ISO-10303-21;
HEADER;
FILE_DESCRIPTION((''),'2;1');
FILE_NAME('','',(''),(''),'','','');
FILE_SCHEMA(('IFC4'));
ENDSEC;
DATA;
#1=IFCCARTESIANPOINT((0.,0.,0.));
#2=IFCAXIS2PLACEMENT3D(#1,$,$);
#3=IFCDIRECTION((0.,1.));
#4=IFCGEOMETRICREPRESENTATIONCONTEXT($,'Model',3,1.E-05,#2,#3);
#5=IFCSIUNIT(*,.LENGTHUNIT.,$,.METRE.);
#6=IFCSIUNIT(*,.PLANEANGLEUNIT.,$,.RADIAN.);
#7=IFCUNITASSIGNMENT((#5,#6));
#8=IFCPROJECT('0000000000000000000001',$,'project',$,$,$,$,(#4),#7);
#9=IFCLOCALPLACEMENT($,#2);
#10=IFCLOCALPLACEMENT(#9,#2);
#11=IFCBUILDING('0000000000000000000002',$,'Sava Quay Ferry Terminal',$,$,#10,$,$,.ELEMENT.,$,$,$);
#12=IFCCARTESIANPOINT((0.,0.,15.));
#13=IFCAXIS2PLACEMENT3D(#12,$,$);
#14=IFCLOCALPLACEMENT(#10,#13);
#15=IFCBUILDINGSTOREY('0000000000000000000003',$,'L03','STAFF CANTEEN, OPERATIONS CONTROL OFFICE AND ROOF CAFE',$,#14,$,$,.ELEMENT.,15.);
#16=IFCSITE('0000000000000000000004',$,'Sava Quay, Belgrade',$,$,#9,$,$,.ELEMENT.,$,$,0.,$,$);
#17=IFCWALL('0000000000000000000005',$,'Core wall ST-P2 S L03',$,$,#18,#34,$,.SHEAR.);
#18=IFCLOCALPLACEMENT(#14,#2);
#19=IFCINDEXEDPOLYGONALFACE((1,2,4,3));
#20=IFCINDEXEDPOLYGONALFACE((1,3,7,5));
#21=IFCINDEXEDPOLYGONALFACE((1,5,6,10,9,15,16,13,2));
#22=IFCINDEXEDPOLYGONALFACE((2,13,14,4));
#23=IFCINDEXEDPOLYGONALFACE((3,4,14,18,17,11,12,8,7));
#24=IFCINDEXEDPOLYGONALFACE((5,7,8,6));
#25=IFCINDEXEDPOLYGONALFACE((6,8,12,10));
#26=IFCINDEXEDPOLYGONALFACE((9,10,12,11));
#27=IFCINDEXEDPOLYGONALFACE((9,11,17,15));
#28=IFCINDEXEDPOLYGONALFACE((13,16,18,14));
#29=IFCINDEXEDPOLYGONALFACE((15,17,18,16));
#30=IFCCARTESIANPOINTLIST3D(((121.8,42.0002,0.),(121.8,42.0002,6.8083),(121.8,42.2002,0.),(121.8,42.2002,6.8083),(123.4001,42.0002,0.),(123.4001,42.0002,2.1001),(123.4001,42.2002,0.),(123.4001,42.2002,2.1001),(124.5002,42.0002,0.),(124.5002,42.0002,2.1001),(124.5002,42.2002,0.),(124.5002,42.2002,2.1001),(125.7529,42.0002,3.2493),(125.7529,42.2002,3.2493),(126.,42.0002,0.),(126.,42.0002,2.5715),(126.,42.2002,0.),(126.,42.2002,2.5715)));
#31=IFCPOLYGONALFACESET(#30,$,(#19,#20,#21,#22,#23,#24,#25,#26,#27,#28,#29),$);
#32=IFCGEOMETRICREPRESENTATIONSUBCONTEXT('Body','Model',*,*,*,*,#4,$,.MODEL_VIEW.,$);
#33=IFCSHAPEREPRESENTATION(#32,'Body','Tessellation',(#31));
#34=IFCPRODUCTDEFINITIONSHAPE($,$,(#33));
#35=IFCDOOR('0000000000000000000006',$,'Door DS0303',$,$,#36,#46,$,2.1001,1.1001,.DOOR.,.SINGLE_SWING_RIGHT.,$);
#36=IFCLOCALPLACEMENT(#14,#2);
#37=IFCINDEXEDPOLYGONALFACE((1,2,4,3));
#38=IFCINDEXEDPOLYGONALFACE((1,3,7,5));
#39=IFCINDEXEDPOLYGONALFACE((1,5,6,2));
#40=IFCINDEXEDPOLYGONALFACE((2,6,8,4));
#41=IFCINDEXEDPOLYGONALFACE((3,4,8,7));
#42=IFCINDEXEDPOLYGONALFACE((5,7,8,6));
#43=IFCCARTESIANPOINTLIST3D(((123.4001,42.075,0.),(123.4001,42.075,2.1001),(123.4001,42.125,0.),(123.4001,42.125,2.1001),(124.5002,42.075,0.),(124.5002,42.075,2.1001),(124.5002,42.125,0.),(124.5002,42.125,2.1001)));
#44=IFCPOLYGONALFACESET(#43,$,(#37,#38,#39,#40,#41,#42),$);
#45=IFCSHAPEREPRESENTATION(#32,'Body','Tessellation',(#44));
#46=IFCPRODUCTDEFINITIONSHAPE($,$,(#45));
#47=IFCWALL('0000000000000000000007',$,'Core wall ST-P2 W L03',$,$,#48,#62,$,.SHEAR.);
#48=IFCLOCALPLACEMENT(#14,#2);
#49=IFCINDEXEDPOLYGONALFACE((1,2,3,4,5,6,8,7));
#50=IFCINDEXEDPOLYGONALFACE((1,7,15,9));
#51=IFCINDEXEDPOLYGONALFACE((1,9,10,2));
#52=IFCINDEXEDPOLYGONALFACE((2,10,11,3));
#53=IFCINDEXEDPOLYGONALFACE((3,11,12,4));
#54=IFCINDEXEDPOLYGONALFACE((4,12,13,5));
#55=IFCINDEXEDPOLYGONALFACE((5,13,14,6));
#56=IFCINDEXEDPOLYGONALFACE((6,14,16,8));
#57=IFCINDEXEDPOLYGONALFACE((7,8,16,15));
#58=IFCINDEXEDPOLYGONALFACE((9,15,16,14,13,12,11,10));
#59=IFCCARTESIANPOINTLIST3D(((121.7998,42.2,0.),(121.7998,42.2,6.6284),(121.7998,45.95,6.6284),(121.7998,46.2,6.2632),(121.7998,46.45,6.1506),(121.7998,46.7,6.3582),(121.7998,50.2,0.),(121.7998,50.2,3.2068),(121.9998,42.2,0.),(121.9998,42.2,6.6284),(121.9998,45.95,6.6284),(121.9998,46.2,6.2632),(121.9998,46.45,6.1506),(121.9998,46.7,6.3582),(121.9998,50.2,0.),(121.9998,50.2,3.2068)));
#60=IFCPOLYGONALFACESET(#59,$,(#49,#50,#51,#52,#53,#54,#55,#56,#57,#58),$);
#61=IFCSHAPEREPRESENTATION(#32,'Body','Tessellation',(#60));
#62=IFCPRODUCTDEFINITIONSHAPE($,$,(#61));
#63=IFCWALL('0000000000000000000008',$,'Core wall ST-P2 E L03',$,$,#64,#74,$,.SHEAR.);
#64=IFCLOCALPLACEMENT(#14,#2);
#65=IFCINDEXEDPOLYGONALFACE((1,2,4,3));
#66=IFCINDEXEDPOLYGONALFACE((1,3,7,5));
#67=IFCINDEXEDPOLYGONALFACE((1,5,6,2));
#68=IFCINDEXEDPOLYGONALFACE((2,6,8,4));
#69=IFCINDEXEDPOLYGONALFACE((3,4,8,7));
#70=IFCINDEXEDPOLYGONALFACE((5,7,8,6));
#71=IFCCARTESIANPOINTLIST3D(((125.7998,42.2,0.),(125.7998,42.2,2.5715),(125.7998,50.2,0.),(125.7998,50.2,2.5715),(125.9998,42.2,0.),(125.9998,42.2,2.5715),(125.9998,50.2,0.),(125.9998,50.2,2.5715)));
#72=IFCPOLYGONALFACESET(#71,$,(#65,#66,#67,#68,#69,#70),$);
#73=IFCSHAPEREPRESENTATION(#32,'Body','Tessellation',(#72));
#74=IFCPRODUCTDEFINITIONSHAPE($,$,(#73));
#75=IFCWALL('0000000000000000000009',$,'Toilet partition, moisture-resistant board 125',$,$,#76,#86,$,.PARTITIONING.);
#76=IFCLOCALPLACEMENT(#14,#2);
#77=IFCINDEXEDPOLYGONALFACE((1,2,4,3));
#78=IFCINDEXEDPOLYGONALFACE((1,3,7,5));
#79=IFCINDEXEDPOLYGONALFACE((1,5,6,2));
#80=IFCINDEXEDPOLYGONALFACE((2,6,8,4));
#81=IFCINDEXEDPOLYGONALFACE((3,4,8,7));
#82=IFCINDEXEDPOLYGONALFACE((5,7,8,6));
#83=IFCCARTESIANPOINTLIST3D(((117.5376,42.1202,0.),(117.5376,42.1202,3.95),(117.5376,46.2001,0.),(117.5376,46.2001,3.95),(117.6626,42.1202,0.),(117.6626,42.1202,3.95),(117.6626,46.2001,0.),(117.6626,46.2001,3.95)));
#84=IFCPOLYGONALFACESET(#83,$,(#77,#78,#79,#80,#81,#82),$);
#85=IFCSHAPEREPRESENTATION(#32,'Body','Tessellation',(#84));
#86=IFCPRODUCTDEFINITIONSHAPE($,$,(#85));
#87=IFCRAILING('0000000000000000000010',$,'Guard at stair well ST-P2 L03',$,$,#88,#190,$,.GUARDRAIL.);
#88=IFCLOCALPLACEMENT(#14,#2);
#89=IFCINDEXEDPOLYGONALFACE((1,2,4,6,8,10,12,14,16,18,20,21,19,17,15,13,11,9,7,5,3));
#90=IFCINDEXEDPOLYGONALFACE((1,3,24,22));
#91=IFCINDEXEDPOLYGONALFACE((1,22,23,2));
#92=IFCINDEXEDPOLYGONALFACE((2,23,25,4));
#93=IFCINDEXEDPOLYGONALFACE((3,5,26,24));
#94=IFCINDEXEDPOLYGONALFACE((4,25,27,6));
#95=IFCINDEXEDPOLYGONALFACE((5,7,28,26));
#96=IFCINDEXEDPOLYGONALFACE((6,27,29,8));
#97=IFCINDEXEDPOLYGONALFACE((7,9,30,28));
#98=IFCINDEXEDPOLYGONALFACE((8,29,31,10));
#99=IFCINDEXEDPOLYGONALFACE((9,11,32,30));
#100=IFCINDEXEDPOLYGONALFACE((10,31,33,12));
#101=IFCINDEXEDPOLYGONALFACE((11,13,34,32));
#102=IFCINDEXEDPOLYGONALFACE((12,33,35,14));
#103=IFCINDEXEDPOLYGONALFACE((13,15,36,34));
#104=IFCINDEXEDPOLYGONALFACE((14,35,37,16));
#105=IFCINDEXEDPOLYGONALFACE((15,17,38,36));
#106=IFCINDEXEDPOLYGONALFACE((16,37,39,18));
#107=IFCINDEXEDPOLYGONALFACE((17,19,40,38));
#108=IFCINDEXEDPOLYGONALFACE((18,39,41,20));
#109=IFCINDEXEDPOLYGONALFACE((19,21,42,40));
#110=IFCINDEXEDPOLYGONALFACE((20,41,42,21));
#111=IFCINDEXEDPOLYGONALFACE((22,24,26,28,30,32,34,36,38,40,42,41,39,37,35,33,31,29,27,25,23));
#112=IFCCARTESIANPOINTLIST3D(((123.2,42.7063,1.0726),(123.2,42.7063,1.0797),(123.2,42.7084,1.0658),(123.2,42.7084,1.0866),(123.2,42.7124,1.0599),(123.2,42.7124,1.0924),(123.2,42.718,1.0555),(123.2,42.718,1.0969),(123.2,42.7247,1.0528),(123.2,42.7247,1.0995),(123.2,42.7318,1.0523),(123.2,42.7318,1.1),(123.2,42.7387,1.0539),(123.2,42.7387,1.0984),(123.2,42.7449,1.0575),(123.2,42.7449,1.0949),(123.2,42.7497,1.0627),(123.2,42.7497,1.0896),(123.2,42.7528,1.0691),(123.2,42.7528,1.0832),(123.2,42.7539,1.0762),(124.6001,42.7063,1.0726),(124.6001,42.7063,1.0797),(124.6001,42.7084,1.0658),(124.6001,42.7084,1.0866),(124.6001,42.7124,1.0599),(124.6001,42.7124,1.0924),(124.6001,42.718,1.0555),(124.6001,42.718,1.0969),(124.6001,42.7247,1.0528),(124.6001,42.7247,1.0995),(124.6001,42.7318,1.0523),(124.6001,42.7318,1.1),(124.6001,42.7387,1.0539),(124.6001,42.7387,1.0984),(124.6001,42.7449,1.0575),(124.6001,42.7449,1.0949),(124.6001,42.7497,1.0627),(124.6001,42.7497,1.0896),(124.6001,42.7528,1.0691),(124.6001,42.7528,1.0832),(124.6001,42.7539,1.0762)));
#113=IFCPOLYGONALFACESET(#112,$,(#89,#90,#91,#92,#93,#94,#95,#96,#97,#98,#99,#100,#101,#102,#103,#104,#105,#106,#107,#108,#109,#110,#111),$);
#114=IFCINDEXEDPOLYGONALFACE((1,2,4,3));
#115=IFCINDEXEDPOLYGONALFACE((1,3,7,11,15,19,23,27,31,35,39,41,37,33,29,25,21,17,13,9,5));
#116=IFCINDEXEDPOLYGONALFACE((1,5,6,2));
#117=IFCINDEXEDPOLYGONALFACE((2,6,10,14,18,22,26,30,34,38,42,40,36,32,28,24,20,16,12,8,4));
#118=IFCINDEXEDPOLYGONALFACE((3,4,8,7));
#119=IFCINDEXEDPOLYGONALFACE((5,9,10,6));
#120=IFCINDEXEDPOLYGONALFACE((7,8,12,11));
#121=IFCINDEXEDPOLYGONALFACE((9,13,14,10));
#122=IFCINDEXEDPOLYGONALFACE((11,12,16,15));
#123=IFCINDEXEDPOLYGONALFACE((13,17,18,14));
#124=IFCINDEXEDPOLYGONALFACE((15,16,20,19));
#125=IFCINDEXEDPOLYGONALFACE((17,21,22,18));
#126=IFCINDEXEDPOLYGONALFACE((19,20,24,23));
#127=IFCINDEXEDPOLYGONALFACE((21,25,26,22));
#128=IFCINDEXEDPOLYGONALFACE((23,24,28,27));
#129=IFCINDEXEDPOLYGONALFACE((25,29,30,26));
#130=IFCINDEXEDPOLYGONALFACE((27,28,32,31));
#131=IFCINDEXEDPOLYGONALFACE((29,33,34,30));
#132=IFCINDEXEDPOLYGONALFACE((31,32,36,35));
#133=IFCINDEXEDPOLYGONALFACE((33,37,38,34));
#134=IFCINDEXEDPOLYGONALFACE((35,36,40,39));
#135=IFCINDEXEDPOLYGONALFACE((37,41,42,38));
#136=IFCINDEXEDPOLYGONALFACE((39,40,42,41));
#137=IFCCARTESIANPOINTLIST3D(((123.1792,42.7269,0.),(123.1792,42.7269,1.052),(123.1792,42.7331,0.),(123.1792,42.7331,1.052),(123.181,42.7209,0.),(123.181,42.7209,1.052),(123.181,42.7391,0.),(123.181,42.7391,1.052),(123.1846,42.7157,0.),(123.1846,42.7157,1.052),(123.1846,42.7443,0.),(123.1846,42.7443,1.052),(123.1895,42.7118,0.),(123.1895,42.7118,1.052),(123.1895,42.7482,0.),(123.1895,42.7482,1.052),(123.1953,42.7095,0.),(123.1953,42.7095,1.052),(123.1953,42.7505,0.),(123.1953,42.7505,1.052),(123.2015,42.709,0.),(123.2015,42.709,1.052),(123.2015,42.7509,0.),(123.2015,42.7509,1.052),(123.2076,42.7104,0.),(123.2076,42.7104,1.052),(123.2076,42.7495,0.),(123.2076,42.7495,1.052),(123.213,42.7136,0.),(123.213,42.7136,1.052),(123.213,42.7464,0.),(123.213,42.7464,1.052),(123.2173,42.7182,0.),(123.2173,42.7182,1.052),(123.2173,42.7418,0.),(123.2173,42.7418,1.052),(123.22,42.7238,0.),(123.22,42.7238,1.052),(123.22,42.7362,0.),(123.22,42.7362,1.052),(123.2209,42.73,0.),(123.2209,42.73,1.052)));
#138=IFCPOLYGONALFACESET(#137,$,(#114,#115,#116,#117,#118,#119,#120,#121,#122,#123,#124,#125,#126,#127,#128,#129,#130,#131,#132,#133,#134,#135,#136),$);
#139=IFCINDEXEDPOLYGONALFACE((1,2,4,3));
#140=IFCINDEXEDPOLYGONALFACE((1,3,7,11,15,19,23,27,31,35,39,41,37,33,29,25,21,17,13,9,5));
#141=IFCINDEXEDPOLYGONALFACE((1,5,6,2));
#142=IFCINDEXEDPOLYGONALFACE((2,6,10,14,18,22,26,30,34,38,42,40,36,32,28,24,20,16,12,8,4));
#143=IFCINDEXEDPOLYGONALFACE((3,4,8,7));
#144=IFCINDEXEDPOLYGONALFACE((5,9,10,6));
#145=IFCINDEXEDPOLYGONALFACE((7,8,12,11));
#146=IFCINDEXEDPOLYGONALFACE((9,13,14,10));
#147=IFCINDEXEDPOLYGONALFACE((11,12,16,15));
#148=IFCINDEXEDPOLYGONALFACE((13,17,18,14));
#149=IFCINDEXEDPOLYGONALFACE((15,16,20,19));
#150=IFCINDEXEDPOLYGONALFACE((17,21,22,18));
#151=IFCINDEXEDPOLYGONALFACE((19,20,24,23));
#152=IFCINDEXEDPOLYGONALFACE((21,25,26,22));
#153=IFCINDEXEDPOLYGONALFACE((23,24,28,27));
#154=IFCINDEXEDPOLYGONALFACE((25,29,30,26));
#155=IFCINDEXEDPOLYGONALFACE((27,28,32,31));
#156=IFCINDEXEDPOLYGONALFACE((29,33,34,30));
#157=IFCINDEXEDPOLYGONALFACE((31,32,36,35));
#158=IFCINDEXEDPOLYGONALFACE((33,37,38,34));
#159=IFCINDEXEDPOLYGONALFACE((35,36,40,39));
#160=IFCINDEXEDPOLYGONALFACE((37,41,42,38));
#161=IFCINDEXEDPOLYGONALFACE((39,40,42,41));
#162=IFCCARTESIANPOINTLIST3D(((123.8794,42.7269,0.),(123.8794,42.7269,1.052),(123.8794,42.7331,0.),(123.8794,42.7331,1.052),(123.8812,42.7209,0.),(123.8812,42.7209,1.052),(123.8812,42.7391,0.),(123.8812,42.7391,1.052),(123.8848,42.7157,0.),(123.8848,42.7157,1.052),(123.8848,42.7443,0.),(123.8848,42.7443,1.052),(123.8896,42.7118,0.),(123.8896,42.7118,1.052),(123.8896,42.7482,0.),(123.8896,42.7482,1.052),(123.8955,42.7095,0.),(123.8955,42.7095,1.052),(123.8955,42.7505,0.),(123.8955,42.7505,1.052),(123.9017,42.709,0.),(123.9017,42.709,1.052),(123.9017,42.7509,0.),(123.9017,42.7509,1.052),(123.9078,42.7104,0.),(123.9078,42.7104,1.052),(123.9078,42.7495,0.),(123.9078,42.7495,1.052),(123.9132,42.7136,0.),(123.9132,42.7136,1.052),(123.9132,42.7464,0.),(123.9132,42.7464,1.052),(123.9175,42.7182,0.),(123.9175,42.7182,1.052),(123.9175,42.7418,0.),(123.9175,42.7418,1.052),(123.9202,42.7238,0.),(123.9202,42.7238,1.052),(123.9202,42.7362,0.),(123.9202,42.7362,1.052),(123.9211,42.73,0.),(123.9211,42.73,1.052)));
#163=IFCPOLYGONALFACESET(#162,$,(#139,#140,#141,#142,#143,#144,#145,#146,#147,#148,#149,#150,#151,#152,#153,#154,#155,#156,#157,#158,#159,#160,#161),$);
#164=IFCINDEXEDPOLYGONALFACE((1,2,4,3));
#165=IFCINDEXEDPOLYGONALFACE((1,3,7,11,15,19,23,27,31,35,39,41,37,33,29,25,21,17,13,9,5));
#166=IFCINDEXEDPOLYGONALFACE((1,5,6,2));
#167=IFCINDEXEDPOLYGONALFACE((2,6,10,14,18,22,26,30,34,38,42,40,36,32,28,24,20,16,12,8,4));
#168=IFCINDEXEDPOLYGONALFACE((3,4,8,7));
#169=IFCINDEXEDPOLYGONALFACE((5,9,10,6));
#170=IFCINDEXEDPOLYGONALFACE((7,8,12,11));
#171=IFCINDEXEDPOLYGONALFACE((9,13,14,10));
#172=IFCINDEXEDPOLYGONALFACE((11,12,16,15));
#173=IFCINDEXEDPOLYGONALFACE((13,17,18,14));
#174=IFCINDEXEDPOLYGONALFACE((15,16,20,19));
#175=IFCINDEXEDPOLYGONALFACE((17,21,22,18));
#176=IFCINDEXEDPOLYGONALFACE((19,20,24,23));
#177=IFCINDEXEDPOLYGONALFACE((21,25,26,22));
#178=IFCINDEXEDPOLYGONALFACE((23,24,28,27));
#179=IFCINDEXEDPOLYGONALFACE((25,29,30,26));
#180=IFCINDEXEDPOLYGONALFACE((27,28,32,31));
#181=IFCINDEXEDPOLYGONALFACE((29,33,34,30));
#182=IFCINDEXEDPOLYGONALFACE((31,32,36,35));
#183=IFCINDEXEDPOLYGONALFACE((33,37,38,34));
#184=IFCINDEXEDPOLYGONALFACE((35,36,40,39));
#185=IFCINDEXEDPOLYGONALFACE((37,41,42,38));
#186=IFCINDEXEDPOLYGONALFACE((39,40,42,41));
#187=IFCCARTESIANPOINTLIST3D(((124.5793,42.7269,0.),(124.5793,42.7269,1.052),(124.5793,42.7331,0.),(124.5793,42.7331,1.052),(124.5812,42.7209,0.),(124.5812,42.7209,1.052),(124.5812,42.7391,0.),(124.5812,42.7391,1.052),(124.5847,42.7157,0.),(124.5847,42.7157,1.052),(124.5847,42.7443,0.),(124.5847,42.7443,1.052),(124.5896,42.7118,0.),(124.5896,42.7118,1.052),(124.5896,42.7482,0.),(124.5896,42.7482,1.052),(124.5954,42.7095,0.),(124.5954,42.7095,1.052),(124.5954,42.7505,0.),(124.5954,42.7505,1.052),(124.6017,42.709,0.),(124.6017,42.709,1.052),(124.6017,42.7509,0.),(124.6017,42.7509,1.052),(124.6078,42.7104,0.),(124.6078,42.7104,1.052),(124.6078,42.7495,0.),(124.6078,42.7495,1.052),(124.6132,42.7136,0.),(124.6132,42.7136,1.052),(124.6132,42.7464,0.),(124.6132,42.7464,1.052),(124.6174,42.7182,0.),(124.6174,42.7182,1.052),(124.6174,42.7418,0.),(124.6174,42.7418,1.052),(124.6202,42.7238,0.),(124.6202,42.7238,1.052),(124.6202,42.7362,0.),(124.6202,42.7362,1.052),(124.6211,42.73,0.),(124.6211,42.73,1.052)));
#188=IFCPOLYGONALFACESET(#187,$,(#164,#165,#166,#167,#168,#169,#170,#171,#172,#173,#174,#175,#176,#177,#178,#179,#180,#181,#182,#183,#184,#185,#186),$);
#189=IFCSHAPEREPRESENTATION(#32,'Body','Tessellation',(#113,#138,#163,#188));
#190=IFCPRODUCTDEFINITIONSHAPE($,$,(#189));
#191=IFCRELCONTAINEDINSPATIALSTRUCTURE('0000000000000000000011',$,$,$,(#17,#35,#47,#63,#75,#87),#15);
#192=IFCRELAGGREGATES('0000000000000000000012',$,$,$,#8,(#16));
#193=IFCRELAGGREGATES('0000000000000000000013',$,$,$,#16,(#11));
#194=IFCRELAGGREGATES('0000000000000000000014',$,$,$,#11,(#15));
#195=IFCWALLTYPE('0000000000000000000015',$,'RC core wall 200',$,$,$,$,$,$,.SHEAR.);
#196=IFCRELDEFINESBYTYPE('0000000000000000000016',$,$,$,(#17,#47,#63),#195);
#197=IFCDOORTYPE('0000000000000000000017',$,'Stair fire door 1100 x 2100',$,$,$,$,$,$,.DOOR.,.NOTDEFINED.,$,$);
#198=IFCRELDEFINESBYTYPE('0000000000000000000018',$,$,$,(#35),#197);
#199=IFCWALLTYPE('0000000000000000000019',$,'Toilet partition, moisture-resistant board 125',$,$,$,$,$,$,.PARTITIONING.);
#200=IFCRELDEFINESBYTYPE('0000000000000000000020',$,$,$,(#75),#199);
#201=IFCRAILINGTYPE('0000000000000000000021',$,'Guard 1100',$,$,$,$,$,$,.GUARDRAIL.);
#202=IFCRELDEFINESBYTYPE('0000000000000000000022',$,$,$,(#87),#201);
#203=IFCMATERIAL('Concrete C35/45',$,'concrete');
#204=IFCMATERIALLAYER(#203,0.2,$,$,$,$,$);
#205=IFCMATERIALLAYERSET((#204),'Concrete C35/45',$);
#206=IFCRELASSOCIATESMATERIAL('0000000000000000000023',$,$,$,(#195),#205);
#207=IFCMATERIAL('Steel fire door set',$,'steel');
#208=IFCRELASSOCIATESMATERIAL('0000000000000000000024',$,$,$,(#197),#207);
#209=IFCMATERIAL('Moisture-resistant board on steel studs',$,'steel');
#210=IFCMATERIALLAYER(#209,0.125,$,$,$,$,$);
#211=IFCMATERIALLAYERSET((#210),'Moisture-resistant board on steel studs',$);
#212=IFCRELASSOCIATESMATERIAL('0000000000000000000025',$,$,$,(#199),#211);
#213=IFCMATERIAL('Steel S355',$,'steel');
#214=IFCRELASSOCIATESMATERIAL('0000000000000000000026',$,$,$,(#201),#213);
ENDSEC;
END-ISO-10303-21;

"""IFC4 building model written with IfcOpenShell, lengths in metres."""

from ifc_helpers import new_model, si_unit, direction, frame, frame_2d, origin, origin_2d, place, context, subcontext, project, spatial, polyline, rectangle, circle, outline, extrude, material, layer, layer_set, type_object, element, fill, save


model = new_model("IFC4")

# Units and contexts
model_context = context("Model", 3, precision=1e-05, world=origin(), true_north=direction((0.0, 1.0)))
body_context = subcontext(model_context, "Body", "Model", "MODEL_VIEW")
ifc_project = project(units=[si_unit("LENGTHUNIT", "METRE"), si_unit("PLANEANGLEUNIT", "RADIAN")], contexts=[model_context])

# Site, building, storey
site_placement = place(None, origin())
site = spatial("IfcSite", under=ifc_project, at=site_placement, Name="Sava Quay, Belgrade", CompositionType="ELEMENT", RefElevation=0.0)
building_placement = place(site_placement, origin())
building = spatial("IfcBuilding", under=site, at=building_placement, Name="Sava Quay Ferry Terminal", CompositionType="ELEMENT")
storey_placement = place(building_placement, frame((0.0, 0.0, 15.0)))
storey = spatial("IfcBuildingStorey", under=building, at=storey_placement, Name="L03", Description="STAFF CANTEEN, OPERATIONS CONTROL OFFICE AND ROOF CAFE", CompositionType="ELEMENT", Elevation=15.0)

# Wall, opening, door
ifc_material_1 = material(Name="Concrete C35/45", Category="concrete")
ifc_layer_1 = layer(ifc_material_1, 0.2)
ifc_layer_set_1 = layer_set([ifc_layer_1], Name="Concrete C35/45")
wall_type_1 = type_object("IfcWallType", Name="RC core wall 200", PredefinedType="SHEAR", material=ifc_layer_set_1)
wall_1_placement = place(storey_placement, frame((121.8, 42.1001, 0.0), z_axis=(0.0, 0.0, 1.0), x_axis=(1.0, 0.0, 0.0)))
wall_1 = element("IfcWall", 1, at=wall_1_placement, inside=storey, type_object=wall_type_1, Name="Core wall ST-P2 S L03", PredefinedType="SHEAR", context=body_context, shape_type="SweptSolid", body=[
    extrude(outline(polyline([(0.0, 0.0), (4.2, 0.0), (4.2, 2.5715), (3.9529, 3.2493), (0.0, 6.8083), (0.0, 0.0)])), frame((0.0, 0.1001, 0.0), z_axis=(0.0, -1.0, 0.0), x_axis=(1.0, 0.0, 0.0)), (0.0, 0.0, 1.0), 0.2),
])
opening_1_placement = place(wall_1_placement, frame((1.6001, 0.0, 0.0)))
opening_1 = element("IfcOpeningElement", 2, at=opening_1_placement, cuts=wall_1, PredefinedType="OPENING", context=body_context, shape_type="SweptSolid", body=[
    extrude(rectangle(XDim=1.1001, YDim=2.1001, at=frame_2d((0.55, 1.05))), frame((0.0, 0.1001, 0.0), z_axis=(0.0, -1.0, 0.0), x_axis=(1.0, 0.0, 0.0)), (0.0, 0.0, 1.0), 0.2),
])
ifc_material_2 = material(Name="Steel fire door set", Category="steel")
door_type_1 = type_object("IfcDoorType", Name="Stair fire door 1100 x 2100", OperationType="NOTDEFINED", PredefinedType="DOOR", material=ifc_material_2)
door_1_placement = place(opening_1_placement, origin())
door_1 = element("IfcDoor", 3, at=door_1_placement, inside=storey, type_object=door_type_1, Name="Door DS0303", OperationType="SINGLE_SWING_RIGHT", OverallHeight=2.1001, OverallWidth=1.1001, PredefinedType="DOOR", context=body_context, shape_type="SweptSolid", body=[
    extrude(rectangle(XDim=1.1001, YDim=2.1001, at=frame_2d((0.55, 1.05))), frame((0.0, 0.0249, 0.0), z_axis=(0.0, -1.0, 0.0), x_axis=(1.0, 0.0, 0.0)), (0.0, 0.0, 1.0), 0.05),
])
fill(opening_1, door_1)

# Walls
wall_2_placement = place(storey_placement, frame((121.8999, 42.2, 0.0), z_axis=(0.0, 0.0, 1.0), x_axis=(0.0, 1.0, 0.0)))
element("IfcWall", 4, at=wall_2_placement, inside=storey, type_object=wall_type_1, Name="Core wall ST-P2 W L03", PredefinedType="SHEAR", context=body_context, shape_type="SweptSolid", body=[
    extrude(outline(polyline([(0.0, 0.0), (8.0, 0.0), (8.0, 3.2068), (4.5, 6.3582), (4.25, 6.1506), (4.0, 6.2632), (3.75, 6.6284), (0.0, 6.6284), (0.0, 0.0)])), frame((0.0, 0.1001, 0.0), z_axis=(0.0, -1.0, 0.0), x_axis=(1.0, 0.0, 0.0)), (0.0, 0.0, 1.0), 0.2),
])
wall_3_placement = place(storey_placement, frame((125.8999, 42.2, 0.0), z_axis=(0.0, 0.0, 1.0), x_axis=(0.0, 1.0, 0.0)))
element("IfcWall", 5, at=wall_3_placement, inside=storey, type_object=wall_type_1, Name="Core wall ST-P2 E L03", PredefinedType="SHEAR", context=body_context, shape_type="SweptSolid", body=[
    extrude(outline(polyline([(0.0, 0.0), (8.0, 0.0), (8.0, 2.5715), (0.0, 2.5715), (0.0, 0.0)])), frame((0.0, 0.1001, 0.0), z_axis=(0.0, -1.0, 0.0), x_axis=(1.0, 0.0, 0.0)), (0.0, 0.0, 1.0), 0.2),
])

# Wall
ifc_material_3 = material(Name="Moisture-resistant board on steel studs", Category="steel")
ifc_layer_2 = layer(ifc_material_3, 0.125)
ifc_layer_set_2 = layer_set([ifc_layer_2], Name="Moisture-resistant board on steel studs")
wall_type_2 = type_object("IfcWallType", Name="Toilet partition, moisture-resistant board 125", PredefinedType="PARTITIONING", material=ifc_layer_set_2)
wall_4_placement = place(storey_placement, frame((117.6001, 42.1201, 0.0), z_axis=(0.0, 0.0, 1.0), x_axis=(0.0, 1.0, 0.0)))
element("IfcWall", 6, at=wall_4_placement, inside=storey, type_object=wall_type_2, Name="Toilet partition, moisture-resistant board 125", PredefinedType="PARTITIONING", context=body_context, shape_type="SweptSolid", body=[
    extrude(rectangle(XDim=4.0798, YDim=0.125, at=frame_2d((2.04, 0.0))), origin(), (0.0, 0.0, 1.0), 3.95),
])

# Railing
ifc_material_4 = material(Name="Steel S355", Category="steel")
railing_type = type_object("IfcRailingType", Name="Guard 1100", PredefinedType="GUARDRAIL", material=ifc_material_4)
railing_placement = place(storey_placement, frame((123.2, 42.73, 0.0)))
element("IfcRailing", 7, at=railing_placement, inside=storey, type_object=railing_type, Name="Guard at stair well ST-P2 L03", PredefinedType="GUARDRAIL", context=body_context, shape_type="SweptSolid", body=[
    extrude(circle(Radius=0.0239, at=origin_2d()), frame((0.0, 0.0, 1.0762), z_axis=(1.0, 0.0, 0.0), x_axis=(0.0, 1.0, 0.0)), (0.0, 0.0, 1.0), 1.4001),
    extrude(circle(Radius=0.021, at=origin_2d()), origin(), (0.0, 0.0, 1.0), 1.052),
    extrude(circle(Radius=0.021, at=origin_2d()), frame((0.7002, 0.0, 0.0)), (0.0, 0.0, 1.0), 1.052),
    extrude(circle(Radius=0.021, at=origin_2d()), frame((1.4001, 0.0, 0.0)), (0.0, 0.0, 1.0), 1.052),
])

save(model, "model.ifc")
